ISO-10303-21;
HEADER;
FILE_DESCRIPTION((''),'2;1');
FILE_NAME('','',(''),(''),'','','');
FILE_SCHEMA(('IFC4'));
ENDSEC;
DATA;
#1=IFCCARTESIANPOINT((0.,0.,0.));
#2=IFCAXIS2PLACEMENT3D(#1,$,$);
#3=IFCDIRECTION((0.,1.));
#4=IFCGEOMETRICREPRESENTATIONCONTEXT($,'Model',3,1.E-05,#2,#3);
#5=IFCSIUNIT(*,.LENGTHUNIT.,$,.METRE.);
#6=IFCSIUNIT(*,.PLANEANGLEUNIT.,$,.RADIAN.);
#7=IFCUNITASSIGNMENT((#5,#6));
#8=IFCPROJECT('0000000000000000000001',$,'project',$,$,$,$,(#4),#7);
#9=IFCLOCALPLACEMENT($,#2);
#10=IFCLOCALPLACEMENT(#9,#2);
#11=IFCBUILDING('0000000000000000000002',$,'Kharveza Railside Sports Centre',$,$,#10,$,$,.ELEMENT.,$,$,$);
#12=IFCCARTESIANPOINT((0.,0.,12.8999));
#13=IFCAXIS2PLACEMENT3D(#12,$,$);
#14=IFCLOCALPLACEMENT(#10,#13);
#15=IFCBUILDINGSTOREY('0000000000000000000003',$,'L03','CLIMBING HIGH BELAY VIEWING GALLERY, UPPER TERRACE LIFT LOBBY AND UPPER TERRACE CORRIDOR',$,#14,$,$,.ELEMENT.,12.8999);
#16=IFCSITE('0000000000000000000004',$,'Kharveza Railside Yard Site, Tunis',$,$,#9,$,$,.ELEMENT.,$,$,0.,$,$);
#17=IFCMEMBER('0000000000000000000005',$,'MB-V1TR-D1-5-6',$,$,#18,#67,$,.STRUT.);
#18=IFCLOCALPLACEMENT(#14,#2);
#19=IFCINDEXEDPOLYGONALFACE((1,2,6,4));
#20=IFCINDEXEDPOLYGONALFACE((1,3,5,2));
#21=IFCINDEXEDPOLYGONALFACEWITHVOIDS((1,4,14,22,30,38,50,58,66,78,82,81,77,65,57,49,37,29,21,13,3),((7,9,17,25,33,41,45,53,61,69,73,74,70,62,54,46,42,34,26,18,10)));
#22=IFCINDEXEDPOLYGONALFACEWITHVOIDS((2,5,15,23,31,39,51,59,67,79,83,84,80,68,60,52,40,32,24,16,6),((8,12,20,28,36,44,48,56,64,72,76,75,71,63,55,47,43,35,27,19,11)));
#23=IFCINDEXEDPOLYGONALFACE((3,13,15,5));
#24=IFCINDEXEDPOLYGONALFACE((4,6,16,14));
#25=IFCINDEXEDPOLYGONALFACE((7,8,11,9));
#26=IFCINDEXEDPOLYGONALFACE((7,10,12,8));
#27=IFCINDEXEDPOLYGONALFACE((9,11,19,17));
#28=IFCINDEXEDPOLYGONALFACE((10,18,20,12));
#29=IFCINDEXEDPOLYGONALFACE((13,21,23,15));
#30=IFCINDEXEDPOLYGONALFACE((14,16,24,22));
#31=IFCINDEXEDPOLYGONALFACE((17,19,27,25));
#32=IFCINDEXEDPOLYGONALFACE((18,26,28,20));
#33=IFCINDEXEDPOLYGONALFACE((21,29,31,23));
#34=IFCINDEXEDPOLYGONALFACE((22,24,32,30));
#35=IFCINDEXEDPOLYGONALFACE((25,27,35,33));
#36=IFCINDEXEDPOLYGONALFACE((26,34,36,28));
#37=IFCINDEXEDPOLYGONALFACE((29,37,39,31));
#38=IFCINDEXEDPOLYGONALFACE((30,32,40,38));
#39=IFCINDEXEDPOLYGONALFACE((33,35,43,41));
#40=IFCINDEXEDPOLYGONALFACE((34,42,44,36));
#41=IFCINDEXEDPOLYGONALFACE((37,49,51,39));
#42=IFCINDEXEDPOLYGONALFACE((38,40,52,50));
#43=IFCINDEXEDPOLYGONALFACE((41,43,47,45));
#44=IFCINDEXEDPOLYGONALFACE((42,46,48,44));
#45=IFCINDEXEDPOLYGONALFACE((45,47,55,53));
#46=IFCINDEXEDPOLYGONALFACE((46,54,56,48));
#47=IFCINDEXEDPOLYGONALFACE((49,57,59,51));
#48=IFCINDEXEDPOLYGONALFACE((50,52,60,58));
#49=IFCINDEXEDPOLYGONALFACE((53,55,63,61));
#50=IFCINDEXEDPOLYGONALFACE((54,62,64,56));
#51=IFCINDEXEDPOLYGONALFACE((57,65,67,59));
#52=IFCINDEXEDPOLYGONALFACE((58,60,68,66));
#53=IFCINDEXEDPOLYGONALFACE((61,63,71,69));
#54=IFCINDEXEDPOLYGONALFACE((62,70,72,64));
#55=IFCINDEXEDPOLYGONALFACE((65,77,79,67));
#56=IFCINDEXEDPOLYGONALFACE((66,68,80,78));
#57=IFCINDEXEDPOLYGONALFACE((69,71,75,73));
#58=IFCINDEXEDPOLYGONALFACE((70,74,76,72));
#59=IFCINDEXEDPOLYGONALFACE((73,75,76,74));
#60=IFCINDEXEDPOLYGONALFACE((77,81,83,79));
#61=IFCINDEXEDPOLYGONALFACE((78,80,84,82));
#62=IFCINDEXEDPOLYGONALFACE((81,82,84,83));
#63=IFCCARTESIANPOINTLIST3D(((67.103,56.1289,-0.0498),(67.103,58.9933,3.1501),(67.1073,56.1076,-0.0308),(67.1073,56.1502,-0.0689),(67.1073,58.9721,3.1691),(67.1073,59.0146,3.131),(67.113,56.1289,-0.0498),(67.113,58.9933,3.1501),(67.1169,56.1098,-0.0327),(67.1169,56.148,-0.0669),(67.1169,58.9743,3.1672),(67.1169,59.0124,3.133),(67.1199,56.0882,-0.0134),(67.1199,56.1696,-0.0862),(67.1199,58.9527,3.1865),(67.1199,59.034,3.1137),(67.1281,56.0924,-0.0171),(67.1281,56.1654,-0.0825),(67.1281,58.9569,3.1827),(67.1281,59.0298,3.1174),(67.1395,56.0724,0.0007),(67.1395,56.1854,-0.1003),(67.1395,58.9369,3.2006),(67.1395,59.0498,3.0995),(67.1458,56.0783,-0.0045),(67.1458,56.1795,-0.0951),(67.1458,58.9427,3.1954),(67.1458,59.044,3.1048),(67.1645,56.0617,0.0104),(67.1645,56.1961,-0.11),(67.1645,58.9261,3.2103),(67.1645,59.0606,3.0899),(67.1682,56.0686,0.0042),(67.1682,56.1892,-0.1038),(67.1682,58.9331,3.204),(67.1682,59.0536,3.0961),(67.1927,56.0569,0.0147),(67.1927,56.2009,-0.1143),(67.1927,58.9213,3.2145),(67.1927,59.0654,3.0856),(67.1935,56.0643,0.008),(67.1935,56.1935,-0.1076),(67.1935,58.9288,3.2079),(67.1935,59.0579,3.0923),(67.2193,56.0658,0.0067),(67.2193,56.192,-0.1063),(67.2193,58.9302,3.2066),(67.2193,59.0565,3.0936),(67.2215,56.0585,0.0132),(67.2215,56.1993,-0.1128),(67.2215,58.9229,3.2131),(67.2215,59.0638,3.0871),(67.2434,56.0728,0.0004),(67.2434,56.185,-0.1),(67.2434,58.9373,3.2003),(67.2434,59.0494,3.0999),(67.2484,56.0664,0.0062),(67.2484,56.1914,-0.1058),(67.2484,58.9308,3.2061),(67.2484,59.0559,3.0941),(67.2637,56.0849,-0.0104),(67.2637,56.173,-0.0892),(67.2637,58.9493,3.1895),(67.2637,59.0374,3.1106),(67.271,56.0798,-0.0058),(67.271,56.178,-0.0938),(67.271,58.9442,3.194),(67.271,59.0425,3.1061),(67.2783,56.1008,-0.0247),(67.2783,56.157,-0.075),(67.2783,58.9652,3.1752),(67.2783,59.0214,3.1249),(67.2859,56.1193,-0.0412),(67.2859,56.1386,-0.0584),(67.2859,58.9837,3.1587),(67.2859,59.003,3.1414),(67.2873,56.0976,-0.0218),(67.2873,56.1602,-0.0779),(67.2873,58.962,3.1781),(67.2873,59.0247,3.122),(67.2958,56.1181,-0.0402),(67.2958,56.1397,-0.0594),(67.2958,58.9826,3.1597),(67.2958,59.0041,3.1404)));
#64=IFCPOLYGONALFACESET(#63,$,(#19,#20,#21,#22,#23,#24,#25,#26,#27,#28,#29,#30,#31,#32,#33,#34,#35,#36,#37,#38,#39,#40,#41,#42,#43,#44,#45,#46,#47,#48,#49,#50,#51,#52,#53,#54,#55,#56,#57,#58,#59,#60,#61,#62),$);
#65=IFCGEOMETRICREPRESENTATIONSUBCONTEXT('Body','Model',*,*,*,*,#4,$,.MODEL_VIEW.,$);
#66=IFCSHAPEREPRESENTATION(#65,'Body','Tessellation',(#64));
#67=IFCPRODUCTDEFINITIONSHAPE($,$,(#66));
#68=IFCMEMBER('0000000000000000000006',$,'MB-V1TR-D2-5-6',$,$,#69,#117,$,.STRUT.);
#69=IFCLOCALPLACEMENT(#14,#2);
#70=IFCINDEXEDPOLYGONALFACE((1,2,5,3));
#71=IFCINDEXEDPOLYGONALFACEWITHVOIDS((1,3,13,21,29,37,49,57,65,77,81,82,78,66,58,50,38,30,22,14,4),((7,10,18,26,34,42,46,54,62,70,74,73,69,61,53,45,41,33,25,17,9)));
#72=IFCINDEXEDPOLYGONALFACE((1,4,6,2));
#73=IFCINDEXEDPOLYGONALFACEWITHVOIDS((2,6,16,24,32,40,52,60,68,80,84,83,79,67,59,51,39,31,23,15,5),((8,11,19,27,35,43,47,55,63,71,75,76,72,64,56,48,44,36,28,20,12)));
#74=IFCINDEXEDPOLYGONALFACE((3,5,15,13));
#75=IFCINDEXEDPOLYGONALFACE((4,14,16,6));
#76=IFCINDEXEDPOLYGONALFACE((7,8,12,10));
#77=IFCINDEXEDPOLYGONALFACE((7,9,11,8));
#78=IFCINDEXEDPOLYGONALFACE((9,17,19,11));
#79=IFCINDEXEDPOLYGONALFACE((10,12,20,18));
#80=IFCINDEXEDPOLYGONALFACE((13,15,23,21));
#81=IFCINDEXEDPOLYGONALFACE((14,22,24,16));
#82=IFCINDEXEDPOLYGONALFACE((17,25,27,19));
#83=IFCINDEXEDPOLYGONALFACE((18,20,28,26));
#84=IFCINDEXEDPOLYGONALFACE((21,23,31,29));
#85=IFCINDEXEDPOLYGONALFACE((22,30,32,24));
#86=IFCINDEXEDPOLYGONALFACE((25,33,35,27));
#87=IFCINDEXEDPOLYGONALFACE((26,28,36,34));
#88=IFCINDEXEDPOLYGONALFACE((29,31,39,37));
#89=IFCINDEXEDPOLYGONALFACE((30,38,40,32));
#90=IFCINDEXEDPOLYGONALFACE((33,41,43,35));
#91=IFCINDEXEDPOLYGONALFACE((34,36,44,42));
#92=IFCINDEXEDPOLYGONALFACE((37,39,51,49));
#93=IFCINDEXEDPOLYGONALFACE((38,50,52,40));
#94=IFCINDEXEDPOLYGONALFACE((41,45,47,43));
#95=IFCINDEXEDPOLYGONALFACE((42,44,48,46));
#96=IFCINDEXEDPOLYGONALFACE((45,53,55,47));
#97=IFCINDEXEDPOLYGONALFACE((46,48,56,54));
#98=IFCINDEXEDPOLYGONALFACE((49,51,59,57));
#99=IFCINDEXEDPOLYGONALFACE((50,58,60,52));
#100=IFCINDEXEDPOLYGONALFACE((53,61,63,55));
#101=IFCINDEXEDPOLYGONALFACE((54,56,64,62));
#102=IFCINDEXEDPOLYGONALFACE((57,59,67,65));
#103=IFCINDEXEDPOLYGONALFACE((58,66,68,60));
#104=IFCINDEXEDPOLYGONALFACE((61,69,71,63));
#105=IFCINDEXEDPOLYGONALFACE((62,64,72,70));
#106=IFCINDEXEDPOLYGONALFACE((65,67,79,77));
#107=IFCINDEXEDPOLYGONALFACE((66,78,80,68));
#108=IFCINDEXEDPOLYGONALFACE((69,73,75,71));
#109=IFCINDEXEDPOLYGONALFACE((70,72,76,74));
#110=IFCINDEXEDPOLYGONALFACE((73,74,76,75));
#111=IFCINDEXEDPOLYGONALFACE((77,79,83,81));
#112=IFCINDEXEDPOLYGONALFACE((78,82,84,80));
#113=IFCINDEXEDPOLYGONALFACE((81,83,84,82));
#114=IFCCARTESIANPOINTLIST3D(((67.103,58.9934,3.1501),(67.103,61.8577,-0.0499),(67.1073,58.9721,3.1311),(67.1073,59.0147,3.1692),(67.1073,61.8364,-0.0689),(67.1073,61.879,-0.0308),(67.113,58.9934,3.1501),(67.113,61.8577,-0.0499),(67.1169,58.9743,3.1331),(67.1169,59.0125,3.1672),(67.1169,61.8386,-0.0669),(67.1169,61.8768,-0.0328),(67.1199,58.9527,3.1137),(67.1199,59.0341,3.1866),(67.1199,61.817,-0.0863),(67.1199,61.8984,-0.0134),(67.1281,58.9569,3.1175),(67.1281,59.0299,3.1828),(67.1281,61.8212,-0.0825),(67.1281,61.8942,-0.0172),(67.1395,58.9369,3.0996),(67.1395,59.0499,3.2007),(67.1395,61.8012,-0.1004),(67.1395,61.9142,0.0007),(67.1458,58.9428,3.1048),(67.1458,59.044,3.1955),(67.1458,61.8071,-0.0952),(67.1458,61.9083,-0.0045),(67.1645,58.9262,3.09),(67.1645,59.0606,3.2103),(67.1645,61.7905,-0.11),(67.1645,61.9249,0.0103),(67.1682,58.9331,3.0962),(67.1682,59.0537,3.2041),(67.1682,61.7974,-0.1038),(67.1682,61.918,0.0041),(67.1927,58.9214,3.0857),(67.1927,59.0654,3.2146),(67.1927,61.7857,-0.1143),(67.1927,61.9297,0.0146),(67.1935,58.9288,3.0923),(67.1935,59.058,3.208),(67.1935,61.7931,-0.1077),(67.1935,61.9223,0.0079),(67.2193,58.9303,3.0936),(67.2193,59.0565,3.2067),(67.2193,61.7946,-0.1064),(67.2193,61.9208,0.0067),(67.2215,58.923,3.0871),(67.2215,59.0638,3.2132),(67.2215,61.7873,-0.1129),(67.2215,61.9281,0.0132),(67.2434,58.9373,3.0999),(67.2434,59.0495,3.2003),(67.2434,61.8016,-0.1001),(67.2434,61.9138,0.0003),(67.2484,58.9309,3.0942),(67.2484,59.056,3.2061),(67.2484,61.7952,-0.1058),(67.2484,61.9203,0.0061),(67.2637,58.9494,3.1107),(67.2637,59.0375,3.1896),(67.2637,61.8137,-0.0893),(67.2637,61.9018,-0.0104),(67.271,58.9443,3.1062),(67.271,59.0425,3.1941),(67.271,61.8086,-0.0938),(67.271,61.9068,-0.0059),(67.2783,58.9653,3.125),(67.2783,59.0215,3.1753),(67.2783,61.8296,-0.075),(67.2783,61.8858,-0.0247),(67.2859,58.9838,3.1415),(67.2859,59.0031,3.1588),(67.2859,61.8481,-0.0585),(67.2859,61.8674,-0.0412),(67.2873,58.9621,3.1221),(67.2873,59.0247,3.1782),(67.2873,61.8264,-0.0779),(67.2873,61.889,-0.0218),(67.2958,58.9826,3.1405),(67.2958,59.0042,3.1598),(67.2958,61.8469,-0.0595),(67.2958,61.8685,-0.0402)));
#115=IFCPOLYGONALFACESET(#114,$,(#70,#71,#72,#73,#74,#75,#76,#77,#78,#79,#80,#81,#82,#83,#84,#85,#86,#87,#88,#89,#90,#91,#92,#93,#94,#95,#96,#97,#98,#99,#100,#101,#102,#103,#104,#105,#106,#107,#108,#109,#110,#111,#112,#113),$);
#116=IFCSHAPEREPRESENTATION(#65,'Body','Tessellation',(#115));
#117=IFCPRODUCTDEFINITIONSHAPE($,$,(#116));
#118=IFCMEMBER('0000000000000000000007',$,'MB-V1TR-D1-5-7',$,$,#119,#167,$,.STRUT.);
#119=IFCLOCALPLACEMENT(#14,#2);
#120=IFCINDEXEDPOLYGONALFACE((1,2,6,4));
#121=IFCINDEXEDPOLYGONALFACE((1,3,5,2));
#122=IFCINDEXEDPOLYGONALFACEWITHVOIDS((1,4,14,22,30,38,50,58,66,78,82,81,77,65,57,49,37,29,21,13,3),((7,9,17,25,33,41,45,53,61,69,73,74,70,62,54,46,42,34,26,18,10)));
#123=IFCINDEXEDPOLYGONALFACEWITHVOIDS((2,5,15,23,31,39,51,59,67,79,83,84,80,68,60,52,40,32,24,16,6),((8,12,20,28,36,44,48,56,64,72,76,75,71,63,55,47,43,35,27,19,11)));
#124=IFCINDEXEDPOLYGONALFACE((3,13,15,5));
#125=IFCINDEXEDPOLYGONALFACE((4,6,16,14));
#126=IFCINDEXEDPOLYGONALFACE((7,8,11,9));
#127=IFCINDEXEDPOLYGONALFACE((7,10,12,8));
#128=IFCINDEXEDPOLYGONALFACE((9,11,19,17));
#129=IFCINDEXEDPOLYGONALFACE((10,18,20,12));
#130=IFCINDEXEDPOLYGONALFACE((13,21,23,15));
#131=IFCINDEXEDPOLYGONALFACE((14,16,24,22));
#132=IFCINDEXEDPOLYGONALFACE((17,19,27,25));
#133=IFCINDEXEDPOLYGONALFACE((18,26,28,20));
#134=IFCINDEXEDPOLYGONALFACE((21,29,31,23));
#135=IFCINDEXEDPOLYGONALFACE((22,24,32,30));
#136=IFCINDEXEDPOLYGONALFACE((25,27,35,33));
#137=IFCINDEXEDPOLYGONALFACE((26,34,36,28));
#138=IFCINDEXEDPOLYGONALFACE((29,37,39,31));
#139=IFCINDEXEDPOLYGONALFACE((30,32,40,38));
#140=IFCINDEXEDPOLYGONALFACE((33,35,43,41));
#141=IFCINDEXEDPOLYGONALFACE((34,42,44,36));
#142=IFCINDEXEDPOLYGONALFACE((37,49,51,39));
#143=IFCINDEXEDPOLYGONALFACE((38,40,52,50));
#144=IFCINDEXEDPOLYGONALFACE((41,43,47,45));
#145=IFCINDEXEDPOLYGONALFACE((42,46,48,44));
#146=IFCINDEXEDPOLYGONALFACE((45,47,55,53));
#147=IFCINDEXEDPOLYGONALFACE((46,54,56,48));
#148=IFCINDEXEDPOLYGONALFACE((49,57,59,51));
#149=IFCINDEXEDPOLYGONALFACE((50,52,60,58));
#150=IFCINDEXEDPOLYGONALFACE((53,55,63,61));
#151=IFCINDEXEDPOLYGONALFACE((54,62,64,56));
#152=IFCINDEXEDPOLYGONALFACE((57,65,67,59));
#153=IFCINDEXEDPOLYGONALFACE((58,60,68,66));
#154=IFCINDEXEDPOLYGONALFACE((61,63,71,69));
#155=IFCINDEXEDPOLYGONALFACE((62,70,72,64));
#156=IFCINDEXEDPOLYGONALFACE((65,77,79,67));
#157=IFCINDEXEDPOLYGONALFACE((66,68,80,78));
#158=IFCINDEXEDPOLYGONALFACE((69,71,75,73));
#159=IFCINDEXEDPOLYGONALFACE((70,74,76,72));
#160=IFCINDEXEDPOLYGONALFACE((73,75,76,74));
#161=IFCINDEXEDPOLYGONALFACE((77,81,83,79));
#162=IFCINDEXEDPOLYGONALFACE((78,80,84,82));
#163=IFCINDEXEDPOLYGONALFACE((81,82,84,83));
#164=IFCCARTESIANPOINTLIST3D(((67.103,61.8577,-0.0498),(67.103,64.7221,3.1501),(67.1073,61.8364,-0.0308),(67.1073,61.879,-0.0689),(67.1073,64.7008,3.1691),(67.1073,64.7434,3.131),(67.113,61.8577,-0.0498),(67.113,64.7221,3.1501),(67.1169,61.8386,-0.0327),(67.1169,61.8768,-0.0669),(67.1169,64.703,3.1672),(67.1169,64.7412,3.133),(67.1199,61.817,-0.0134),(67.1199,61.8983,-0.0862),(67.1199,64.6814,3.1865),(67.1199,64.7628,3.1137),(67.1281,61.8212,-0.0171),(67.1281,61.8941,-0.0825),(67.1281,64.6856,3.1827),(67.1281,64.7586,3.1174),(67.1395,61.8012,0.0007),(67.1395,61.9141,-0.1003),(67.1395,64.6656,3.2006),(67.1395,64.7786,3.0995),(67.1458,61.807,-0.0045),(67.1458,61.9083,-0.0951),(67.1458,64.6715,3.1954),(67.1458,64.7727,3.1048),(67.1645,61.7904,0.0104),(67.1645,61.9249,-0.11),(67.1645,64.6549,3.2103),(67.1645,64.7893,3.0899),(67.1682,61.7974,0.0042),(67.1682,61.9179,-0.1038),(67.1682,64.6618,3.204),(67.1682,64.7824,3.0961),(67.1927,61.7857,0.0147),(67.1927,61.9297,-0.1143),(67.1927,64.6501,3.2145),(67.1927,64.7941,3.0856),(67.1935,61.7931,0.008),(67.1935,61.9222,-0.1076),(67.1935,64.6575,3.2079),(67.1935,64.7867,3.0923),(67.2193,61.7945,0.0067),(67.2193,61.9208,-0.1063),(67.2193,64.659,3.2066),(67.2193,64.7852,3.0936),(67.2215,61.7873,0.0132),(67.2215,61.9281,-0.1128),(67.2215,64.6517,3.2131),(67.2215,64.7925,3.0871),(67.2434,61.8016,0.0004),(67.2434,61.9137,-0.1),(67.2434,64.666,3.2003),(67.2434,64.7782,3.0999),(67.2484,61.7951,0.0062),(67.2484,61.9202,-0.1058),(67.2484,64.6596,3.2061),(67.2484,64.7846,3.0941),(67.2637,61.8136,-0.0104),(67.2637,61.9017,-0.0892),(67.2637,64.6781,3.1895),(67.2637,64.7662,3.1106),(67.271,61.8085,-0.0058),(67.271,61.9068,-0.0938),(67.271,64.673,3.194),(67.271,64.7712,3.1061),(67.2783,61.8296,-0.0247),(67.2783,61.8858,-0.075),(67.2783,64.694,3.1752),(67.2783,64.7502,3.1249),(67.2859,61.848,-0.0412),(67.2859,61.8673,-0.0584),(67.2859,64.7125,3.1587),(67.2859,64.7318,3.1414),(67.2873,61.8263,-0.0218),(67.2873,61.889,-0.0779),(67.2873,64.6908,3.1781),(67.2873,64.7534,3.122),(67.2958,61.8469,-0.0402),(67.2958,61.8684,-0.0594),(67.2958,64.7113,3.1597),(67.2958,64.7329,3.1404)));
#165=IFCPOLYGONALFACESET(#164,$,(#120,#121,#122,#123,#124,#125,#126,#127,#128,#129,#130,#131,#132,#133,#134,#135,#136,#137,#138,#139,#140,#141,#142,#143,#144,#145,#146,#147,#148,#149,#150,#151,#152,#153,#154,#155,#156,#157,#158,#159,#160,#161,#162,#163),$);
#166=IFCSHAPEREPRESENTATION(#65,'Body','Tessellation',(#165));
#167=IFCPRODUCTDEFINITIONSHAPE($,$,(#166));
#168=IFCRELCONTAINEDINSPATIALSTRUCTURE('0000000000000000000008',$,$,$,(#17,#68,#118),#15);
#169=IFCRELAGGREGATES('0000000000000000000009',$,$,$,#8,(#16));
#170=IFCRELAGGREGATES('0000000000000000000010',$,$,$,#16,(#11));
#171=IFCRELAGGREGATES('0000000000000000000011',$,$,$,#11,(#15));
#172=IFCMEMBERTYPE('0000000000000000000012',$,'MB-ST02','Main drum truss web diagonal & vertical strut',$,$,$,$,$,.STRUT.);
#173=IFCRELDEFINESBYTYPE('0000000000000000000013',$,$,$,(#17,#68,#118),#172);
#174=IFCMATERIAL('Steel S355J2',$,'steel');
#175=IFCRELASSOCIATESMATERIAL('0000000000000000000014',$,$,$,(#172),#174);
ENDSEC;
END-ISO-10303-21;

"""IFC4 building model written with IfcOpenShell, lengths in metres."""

from ifc_helpers import new_model, si_unit, direction, frame, origin, origin_2d, place, context, subcontext, project, spatial, hollow_circle, extrude, material, material_profile, profile_set, type_object, element, save


model = new_model("IFC4")

# Units and contexts
model_context = context("Model", 3, precision=1e-05, world=origin(), true_north=direction((0.0, 1.0)))
body_context = subcontext(model_context, "Body", "Model", "MODEL_VIEW")
ifc_project = project(units=[si_unit("LENGTHUNIT", "METRE"), si_unit("PLANEANGLEUNIT", "RADIAN")], contexts=[model_context])

# Site, building, storey
site_placement = place(None, origin())
site = spatial("IfcSite", under=ifc_project, at=site_placement, Name="Kharveza Railside Yard Site, Tunis", CompositionType="ELEMENT", RefElevation=0.0)
building_placement = place(site_placement, origin())
building = spatial("IfcBuilding", under=site, at=building_placement, Name="Kharveza Railside Sports Centre", CompositionType="ELEMENT")
storey_placement = place(building_placement, frame((0.0, 0.0, 12.8999)))
storey = spatial("IfcBuildingStorey", under=building, at=storey_placement, Name="L03", Description="CLIMBING HIGH BELAY VIEWING GALLERY, UPPER TERRACE LIFT LOBBY AND UPPER TERRACE CORRIDOR", CompositionType="ELEMENT", Elevation=12.8999)

# Members
ifc_material = material(Name="Steel S355J2", Category="steel")
ifc_material_profile_1 = material_profile(ifc_material, hollow_circle(Radius=0.0969, WallThickness=0.01, at=origin_2d()), Name="CHS 193.7x10.0")
ifc_profile_set_1 = profile_set([ifc_material_profile_1], Name="Steel S355J2")
member_type_1 = type_object("IfcMemberType", Name="MB-ST02", Description="Main drum truss web diagonal & vertical strut", PredefinedType="STRUT", material=ifc_profile_set_1)
for number, where, z_axis, x_axis, name in (
    (1, (67.2, 56.1289, -0.0498), (0.0, 0.666974, 0.745081), (-1.0, 0.0, 0.0), "MB-V1TR-D1-5-6"),
    (2, (67.2, 58.9934, 3.1501), (0.0, 0.666943, -0.745109), (-1.0, 0.0, 0.0), "MB-V1TR-D2-5-6"),
    (3, (67.2, 61.8577, -0.0498), (0.0, 0.666974, 0.745081), (-1.0, 0.0, 0.0), "MB-V1TR-D1-5-7"),
):
    element("IfcMember", number, at=place(storey_placement, frame(where, z_axis=z_axis, x_axis=x_axis)), inside=storey, type_object=member_type_1, Name=name, PredefinedType="STRUT", context=body_context, shape_type="SweptSolid", body=[
        extrude(hollow_circle(Radius=0.0969, WallThickness=0.01, at=origin_2d()), origin(), (0.0, 0.0, 1.0), 4.2947),
    ])

save(model, "model.ifc")
